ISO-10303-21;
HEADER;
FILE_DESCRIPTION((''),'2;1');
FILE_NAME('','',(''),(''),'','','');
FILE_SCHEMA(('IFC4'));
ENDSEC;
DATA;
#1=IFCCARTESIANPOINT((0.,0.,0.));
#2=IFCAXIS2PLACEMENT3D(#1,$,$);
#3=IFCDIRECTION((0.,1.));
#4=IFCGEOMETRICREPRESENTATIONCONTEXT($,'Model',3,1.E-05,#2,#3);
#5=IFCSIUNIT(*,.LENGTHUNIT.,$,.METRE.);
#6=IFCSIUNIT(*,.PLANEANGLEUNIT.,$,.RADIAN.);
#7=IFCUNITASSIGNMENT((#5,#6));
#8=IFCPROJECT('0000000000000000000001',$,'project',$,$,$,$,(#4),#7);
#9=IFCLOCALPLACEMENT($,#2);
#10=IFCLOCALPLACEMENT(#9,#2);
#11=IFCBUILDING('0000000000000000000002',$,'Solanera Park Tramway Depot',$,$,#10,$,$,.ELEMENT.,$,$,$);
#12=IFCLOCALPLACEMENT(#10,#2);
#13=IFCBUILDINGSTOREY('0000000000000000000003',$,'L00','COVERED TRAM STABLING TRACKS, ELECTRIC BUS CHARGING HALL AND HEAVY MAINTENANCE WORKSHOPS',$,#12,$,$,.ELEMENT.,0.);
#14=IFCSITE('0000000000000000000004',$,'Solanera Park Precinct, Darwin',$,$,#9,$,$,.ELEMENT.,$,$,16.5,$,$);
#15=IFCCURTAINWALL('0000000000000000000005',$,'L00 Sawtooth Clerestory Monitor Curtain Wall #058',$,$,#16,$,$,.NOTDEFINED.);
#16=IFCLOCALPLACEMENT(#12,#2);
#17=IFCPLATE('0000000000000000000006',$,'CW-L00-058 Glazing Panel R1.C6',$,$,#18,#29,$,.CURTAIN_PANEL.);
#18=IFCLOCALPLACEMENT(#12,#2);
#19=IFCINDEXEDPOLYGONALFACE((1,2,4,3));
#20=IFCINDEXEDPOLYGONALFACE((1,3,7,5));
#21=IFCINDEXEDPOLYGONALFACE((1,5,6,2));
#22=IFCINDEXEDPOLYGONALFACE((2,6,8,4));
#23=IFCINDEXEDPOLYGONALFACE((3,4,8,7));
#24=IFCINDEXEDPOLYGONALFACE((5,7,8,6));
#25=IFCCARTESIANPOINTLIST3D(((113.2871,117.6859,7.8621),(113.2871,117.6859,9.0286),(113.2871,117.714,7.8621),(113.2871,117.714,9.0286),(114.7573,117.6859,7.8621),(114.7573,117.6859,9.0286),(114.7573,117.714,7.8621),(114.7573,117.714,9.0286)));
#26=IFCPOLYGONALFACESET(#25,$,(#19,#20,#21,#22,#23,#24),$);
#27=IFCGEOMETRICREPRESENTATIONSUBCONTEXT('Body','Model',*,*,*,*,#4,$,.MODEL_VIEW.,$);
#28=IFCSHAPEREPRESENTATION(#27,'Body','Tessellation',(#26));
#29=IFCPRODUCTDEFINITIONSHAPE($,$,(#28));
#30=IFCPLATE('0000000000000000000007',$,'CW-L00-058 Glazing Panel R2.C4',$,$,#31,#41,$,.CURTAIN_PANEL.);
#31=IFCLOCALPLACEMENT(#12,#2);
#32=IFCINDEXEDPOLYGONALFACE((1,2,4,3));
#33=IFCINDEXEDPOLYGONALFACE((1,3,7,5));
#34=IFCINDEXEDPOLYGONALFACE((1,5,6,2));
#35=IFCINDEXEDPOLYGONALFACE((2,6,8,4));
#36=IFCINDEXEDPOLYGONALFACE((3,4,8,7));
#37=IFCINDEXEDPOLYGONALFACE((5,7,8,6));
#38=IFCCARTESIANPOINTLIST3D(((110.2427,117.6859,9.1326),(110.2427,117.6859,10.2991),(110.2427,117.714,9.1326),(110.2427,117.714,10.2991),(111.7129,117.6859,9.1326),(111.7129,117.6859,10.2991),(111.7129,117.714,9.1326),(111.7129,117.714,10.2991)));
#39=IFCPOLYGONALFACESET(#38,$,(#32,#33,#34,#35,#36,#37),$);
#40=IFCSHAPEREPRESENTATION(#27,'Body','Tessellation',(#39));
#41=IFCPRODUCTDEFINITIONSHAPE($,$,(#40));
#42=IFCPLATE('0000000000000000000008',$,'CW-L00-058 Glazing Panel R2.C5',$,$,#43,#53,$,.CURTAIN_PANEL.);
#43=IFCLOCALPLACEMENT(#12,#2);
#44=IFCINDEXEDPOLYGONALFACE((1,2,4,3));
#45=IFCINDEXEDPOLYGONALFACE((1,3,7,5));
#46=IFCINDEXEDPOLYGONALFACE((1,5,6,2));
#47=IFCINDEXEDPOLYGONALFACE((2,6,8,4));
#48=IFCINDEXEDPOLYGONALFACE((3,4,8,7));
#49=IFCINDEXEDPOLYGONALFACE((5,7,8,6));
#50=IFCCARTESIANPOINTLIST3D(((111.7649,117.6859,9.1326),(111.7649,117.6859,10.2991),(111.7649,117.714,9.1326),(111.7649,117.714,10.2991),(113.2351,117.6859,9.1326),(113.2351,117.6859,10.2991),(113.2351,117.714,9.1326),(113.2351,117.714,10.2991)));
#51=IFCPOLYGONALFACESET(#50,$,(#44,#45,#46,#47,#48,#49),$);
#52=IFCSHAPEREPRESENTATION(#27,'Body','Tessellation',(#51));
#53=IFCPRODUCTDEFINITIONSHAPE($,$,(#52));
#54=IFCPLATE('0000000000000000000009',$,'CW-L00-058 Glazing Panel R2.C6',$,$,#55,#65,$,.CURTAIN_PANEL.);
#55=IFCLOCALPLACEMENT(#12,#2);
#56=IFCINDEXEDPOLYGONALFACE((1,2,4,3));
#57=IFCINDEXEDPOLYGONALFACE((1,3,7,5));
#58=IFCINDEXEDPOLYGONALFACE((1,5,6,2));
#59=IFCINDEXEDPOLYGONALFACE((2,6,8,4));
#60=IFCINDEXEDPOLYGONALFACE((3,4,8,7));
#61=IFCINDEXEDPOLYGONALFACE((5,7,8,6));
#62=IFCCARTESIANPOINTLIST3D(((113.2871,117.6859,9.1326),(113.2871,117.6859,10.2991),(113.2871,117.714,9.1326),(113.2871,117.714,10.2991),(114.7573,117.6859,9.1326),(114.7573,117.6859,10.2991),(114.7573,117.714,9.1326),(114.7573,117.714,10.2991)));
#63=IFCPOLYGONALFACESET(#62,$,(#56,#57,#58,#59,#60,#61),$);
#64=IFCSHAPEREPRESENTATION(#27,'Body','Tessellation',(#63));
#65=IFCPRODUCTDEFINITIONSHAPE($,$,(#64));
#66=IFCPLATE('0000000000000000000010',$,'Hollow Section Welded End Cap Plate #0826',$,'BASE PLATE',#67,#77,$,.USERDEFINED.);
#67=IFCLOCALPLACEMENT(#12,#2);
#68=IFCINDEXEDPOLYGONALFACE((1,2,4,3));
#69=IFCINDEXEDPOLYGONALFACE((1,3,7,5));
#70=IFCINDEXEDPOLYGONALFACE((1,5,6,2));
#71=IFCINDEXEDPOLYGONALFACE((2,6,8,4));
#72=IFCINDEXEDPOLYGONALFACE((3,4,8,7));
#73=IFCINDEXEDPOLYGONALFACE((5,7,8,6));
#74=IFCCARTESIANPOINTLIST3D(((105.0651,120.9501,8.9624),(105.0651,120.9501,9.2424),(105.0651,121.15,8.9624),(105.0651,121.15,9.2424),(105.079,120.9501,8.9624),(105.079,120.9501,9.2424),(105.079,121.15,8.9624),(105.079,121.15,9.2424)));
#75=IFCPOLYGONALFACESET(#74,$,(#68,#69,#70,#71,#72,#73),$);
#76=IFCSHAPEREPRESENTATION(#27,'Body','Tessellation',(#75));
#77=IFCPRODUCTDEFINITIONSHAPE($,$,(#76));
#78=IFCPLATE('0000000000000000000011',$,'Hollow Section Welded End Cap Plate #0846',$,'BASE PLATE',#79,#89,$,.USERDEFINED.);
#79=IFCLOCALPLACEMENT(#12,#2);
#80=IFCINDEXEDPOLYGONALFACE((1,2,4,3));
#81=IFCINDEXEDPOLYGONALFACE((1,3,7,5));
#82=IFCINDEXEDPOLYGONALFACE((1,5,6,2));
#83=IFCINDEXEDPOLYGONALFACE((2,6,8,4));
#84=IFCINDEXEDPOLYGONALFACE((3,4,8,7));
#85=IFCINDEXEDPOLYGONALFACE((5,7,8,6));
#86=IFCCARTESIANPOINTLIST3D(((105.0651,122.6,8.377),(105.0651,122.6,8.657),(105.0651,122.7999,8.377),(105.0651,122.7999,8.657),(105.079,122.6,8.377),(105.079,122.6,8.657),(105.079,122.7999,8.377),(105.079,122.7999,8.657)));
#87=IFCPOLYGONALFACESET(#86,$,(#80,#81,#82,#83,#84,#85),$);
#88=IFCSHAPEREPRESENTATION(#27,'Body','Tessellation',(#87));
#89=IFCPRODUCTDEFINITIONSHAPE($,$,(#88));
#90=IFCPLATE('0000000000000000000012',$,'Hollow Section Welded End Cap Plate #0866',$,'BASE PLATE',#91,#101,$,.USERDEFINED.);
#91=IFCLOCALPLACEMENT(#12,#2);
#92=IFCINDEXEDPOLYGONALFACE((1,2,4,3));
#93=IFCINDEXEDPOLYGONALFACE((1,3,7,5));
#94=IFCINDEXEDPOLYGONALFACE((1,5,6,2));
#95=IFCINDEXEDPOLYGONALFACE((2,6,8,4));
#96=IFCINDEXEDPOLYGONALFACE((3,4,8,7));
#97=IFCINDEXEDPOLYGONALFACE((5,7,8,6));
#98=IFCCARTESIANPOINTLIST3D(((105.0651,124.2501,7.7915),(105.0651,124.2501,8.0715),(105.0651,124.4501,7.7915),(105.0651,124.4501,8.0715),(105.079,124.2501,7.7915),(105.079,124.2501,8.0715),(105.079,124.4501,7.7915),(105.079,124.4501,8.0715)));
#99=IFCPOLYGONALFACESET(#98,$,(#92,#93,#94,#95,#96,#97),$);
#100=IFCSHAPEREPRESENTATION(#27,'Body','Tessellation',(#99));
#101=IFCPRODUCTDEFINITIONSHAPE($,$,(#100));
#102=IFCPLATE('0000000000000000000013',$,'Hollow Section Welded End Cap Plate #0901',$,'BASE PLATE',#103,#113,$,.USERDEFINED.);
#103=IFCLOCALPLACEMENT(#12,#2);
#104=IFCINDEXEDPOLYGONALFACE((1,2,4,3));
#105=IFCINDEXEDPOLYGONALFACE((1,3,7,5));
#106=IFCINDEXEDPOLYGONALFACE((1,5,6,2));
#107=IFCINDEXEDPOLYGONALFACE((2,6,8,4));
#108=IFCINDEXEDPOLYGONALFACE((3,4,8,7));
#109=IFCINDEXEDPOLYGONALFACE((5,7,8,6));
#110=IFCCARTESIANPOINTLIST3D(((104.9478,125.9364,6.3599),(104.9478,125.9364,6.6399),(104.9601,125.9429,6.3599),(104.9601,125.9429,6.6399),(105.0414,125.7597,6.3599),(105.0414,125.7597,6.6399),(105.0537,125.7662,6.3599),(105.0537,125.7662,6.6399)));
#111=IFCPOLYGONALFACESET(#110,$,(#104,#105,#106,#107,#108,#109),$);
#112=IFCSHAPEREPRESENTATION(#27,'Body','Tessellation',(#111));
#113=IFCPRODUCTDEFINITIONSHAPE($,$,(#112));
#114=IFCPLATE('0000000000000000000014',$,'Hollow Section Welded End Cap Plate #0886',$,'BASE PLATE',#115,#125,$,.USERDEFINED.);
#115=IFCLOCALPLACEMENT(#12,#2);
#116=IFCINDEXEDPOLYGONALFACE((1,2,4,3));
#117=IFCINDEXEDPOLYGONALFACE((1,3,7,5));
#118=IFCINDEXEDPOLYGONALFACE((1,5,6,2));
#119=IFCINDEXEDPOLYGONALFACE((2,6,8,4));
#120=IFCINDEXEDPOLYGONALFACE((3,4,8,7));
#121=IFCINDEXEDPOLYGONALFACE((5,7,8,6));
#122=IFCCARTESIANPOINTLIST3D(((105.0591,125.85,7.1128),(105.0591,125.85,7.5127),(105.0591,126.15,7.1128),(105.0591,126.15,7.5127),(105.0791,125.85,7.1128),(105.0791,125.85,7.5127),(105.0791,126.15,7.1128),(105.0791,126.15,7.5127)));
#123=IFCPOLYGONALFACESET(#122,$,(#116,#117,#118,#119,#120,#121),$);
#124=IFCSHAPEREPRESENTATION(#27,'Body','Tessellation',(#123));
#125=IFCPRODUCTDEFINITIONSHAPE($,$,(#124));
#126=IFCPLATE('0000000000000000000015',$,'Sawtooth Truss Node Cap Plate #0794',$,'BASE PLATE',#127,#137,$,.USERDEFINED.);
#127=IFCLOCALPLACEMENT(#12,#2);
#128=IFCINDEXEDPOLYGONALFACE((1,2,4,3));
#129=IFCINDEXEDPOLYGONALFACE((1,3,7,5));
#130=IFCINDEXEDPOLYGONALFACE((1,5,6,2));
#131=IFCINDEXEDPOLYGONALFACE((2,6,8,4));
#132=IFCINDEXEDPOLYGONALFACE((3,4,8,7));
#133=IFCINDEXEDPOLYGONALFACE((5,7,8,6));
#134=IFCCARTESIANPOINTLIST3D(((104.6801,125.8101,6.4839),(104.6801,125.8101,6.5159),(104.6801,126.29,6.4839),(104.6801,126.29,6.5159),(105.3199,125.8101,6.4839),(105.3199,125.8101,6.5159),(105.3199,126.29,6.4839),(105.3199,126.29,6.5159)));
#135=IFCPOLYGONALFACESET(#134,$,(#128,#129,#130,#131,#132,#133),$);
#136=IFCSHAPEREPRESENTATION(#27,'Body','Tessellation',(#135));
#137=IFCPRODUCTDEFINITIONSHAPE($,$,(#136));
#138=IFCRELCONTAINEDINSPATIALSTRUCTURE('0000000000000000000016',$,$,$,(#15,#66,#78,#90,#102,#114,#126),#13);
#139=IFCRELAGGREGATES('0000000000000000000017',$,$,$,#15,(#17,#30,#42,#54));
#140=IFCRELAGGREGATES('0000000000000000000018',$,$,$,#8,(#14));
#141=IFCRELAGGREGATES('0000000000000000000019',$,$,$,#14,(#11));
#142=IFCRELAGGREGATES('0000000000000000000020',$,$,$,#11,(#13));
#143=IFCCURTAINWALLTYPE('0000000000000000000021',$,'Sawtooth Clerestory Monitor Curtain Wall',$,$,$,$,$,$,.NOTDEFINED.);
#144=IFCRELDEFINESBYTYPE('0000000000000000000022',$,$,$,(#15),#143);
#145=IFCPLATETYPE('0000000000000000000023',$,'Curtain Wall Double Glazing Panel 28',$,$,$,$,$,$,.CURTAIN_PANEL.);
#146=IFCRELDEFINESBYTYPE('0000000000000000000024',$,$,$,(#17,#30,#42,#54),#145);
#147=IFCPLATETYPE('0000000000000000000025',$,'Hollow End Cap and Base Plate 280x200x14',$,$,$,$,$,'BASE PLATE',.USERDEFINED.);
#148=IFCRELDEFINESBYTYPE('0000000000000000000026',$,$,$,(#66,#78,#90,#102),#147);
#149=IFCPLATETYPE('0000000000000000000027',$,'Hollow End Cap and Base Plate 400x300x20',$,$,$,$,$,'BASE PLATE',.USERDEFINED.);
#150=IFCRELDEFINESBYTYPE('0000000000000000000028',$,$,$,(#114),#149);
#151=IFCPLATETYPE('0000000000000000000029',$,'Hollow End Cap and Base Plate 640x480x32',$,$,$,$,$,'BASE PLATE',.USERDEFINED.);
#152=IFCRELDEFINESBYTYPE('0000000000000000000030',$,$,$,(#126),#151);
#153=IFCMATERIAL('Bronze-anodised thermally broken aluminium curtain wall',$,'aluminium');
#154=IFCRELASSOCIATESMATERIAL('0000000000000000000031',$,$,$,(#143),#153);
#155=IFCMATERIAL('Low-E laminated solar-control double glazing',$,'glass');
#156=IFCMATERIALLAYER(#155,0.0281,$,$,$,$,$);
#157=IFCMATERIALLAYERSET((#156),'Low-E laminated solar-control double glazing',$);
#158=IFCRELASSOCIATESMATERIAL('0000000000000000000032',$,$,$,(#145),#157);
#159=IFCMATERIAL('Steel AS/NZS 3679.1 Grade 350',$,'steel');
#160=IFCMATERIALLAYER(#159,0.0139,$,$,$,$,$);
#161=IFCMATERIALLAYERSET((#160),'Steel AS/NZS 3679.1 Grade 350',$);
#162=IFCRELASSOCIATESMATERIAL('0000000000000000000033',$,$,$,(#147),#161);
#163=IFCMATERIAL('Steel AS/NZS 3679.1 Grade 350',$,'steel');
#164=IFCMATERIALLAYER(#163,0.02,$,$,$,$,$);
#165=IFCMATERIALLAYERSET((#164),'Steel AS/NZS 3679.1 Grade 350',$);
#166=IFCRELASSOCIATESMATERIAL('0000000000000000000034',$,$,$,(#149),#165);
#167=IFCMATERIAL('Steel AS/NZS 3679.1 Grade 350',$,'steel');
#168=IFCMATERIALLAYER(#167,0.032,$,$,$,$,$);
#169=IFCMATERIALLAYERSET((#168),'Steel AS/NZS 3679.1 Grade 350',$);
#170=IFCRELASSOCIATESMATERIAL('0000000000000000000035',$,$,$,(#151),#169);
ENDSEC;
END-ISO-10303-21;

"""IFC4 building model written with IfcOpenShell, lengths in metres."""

from ifc_helpers import new_model, si_unit, direction, frame, origin, origin_2d, place, context, subcontext, project, spatial, rectangle, extrude, material, layer, layer_set, type_object, element, aggregate, save


model = new_model("IFC4")

# Units and contexts
model_context = context("Model", 3, precision=1e-05, world=origin(), true_north=direction((0.0, 1.0)))
body_context = subcontext(model_context, "Body", "Model", "MODEL_VIEW")
ifc_project = project(units=[si_unit("LENGTHUNIT", "METRE"), si_unit("PLANEANGLEUNIT", "RADIAN")], contexts=[model_context])

# Site, building, storey
site_placement = place(None, origin())
site = spatial("IfcSite", under=ifc_project, at=site_placement, Name="Solanera Park Precinct, Darwin", CompositionType="ELEMENT", RefElevation=16.5)
building_placement = place(site_placement, origin())
building = spatial("IfcBuilding", under=site, at=building_placement, Name="Solanera Park Tramway Depot", CompositionType="ELEMENT")
storey_placement = place(building_placement, origin())
storey = spatial("IfcBuildingStorey", under=building, at=storey_placement, Name="L00", Description="COVERED TRAM STABLING TRACKS, ELECTRIC BUS CHARGING HALL AND HEAVY MAINTENANCE WORKSHOPS", CompositionType="ELEMENT", Elevation=0.0)

# Curtain wall
ifc_material_1 = material(Name="Bronze-anodised thermally broken aluminium curtain wall", Category="aluminium")
curtain_wall_type = type_object("IfcCurtainWallType", Name="Sawtooth Clerestory Monitor Curtain Wall", PredefinedType="NOTDEFINED", material=ifc_material_1)
curtain_wall_placement = place(storey_placement, origin())
curtain_wall = element("IfcCurtainWall", 1, at=curtain_wall_placement, inside=storey, type_object=curtain_wall_type, Name="L00 Sawtooth Clerestory Monitor Curtain Wall #058", PredefinedType="NOTDEFINED")

# Plates
ifc_material_2 = material(Name="Low-E laminated solar-control double glazing", Category="glass")
ifc_layer_1 = layer(ifc_material_2, 0.0281)
ifc_layer_set_1 = layer_set([ifc_layer_1], Name="Low-E laminated solar-control double glazing")
plate_type_1 = type_object("IfcPlateType", Name="Curtain Wall Double Glazing Panel 28", PredefinedType="CURTAIN_PANEL", material=ifc_layer_set_1)
plate_1_placement = place(storey_placement, frame((114.0222, 117.7, 7.8621), z_axis=(0.0, 0.0, 1.0), x_axis=(1.0, 0.0, 0.0)))
plate_1 = element("IfcPlate", 2, at=plate_1_placement, type_object=plate_type_1, Name="CW-L00-058 Glazing Panel R1.C6", PredefinedType="CURTAIN_PANEL", context=body_context, shape_type="SweptSolid", body=[
    extrude(rectangle(XDim=1.4702, YDim=0.0281, at=origin_2d()), origin(), (0.0, 0.0, 1.0), 1.1665),
])
plate_2_placement = place(storey_placement, frame((110.9778, 117.7, 9.1326), z_axis=(0.0, 0.0, 1.0), x_axis=(1.0, 0.0, 0.0)))
plate_2 = element("IfcPlate", 3, at=plate_2_placement, type_object=plate_type_1, Name="CW-L00-058 Glazing Panel R2.C4", PredefinedType="CURTAIN_PANEL", context=body_context, shape_type="SweptSolid", body=[
    extrude(rectangle(XDim=1.4702, YDim=0.0281, at=origin_2d()), origin(), (0.0, 0.0, 1.0), 1.1665),
])
plate_3_placement = place(storey_placement, frame((112.5, 117.7, 9.1326), z_axis=(0.0, 0.0, 1.0), x_axis=(1.0, 0.0, 0.0)))
plate_3 = element("IfcPlate", 4, at=plate_3_placement, type_object=plate_type_1, Name="CW-L00-058 Glazing Panel R2.C5", PredefinedType="CURTAIN_PANEL", context=body_context, shape_type="SweptSolid", body=[
    extrude(rectangle(XDim=1.4702, YDim=0.0281, at=origin_2d()), origin(), (0.0, 0.0, 1.0), 1.1665),
])
plate_4_placement = place(storey_placement, frame((114.0222, 117.7, 9.1326), z_axis=(0.0, 0.0, 1.0), x_axis=(1.0, 0.0, 0.0)))
plate_4 = element("IfcPlate", 5, at=plate_4_placement, type_object=plate_type_1, Name="CW-L00-058 Glazing Panel R2.C6", PredefinedType="CURTAIN_PANEL", context=body_context, shape_type="SweptSolid", body=[
    extrude(rectangle(XDim=1.4702, YDim=0.0281, at=origin_2d()), origin(), (0.0, 0.0, 1.0), 1.1665),
])
aggregate(curtain_wall, [plate_1, plate_2, plate_3, plate_4])

# Plates
ifc_material_3 = material(Name="Steel AS/NZS 3679.1 Grade 350", Category="steel")
ifc_layer_2 = layer(ifc_material_3, 0.0139)
ifc_layer_set_2 = layer_set([ifc_layer_2], Name="Steel AS/NZS 3679.1 Grade 350")
plate_type_2 = type_object("IfcPlateType", Name="Hollow End Cap and Base Plate 280x200x14", ElementType="BASE PLATE", PredefinedType="USERDEFINED", material=ifc_layer_set_2)
for number, where, z_axis, x_axis, name in (
    (6, (105.072, 121.05, 8.9624), (0.0, 0.0, 1.0), (1.0, 0.0, 0.0), "Hollow Section Welded End Cap Plate #0826"),
    (7, (105.072, 122.7, 8.377), (0.0, 0.0, 1.0), (1.0, 0.0, 0.0), "Hollow Section Welded End Cap Plate #0846"),
    (8, (105.072, 124.3501, 7.7915), (0.0, 0.0, 1.0), (1.0, 0.0, 0.0), "Hollow Section Welded End Cap Plate #0866"),
    (9, (105.0007, 125.8513, 6.3599), (0.0, 0.0, 1.0), (0.883521, 0.468392, 0.0), "Hollow Section Welded End Cap Plate #0901"),
):
    element("IfcPlate", number, at=place(storey_placement, frame(where, z_axis=z_axis, x_axis=x_axis)), inside=storey, type_object=plate_type_2, Name=name, ObjectType="BASE PLATE", PredefinedType="USERDEFINED", context=body_context, shape_type="SweptSolid", body=[
        extrude(rectangle(XDim=0.0139, YDim=0.2, at=origin_2d()), origin(), (0.0, 0.0, 1.0), 0.28),
    ])
ifc_material_4 = material(Name="Steel AS/NZS 3679.1 Grade 350", Category="steel")
ifc_layer_3 = layer(ifc_material_4, 0.02)
ifc_layer_set_3 = layer_set([ifc_layer_3], Name="Steel AS/NZS 3679.1 Grade 350")
plate_type_3 = type_object("IfcPlateType", Name="Hollow End Cap and Base Plate 400x300x20", ElementType="BASE PLATE", PredefinedType="USERDEFINED", material=ifc_layer_set_3)
plate_5_placement = place(storey_placement, frame((105.0691, 126.0, 7.1128), z_axis=(0.0, 0.0, 1.0), x_axis=(1.0, 0.0, 0.0)))
element("IfcPlate", 10, at=plate_5_placement, inside=storey, type_object=plate_type_3, Name="Hollow Section Welded End Cap Plate #0886", ObjectType="BASE PLATE", PredefinedType="USERDEFINED", context=body_context, shape_type="SweptSolid", body=[
    extrude(rectangle(XDim=0.02, YDim=0.3, at=origin_2d()), origin(), (0.0, 0.0, 1.0), 0.3999),
])
ifc_material_5 = material(Name="Steel AS/NZS 3679.1 Grade 350", Category="steel")
ifc_layer_4 = layer(ifc_material_5, 0.032)
ifc_layer_set_4 = layer_set([ifc_layer_4], Name="Steel AS/NZS 3679.1 Grade 350")
plate_type_4 = type_object("IfcPlateType", Name="Hollow End Cap and Base Plate 640x480x32", ElementType="BASE PLATE", PredefinedType="USERDEFINED", material=ifc_layer_set_4)
plate_6_placement = place(storey_placement, frame((105.0, 126.05, 6.4839), z_axis=(0.0, 0.0, 1.0), x_axis=(1.0, 0.0, 0.0)))
element("IfcPlate", 11, at=plate_6_placement, inside=storey, type_object=plate_type_4, Name="Sawtooth Truss Node Cap Plate #0794", ObjectType="BASE PLATE", PredefinedType="USERDEFINED", context=body_context, shape_type="SweptSolid", body=[
    extrude(rectangle(XDim=0.6399, YDim=0.48, at=origin_2d()), origin(), (0.0, 0.0, 1.0), 0.032),
])

save(model, "model.ifc")
